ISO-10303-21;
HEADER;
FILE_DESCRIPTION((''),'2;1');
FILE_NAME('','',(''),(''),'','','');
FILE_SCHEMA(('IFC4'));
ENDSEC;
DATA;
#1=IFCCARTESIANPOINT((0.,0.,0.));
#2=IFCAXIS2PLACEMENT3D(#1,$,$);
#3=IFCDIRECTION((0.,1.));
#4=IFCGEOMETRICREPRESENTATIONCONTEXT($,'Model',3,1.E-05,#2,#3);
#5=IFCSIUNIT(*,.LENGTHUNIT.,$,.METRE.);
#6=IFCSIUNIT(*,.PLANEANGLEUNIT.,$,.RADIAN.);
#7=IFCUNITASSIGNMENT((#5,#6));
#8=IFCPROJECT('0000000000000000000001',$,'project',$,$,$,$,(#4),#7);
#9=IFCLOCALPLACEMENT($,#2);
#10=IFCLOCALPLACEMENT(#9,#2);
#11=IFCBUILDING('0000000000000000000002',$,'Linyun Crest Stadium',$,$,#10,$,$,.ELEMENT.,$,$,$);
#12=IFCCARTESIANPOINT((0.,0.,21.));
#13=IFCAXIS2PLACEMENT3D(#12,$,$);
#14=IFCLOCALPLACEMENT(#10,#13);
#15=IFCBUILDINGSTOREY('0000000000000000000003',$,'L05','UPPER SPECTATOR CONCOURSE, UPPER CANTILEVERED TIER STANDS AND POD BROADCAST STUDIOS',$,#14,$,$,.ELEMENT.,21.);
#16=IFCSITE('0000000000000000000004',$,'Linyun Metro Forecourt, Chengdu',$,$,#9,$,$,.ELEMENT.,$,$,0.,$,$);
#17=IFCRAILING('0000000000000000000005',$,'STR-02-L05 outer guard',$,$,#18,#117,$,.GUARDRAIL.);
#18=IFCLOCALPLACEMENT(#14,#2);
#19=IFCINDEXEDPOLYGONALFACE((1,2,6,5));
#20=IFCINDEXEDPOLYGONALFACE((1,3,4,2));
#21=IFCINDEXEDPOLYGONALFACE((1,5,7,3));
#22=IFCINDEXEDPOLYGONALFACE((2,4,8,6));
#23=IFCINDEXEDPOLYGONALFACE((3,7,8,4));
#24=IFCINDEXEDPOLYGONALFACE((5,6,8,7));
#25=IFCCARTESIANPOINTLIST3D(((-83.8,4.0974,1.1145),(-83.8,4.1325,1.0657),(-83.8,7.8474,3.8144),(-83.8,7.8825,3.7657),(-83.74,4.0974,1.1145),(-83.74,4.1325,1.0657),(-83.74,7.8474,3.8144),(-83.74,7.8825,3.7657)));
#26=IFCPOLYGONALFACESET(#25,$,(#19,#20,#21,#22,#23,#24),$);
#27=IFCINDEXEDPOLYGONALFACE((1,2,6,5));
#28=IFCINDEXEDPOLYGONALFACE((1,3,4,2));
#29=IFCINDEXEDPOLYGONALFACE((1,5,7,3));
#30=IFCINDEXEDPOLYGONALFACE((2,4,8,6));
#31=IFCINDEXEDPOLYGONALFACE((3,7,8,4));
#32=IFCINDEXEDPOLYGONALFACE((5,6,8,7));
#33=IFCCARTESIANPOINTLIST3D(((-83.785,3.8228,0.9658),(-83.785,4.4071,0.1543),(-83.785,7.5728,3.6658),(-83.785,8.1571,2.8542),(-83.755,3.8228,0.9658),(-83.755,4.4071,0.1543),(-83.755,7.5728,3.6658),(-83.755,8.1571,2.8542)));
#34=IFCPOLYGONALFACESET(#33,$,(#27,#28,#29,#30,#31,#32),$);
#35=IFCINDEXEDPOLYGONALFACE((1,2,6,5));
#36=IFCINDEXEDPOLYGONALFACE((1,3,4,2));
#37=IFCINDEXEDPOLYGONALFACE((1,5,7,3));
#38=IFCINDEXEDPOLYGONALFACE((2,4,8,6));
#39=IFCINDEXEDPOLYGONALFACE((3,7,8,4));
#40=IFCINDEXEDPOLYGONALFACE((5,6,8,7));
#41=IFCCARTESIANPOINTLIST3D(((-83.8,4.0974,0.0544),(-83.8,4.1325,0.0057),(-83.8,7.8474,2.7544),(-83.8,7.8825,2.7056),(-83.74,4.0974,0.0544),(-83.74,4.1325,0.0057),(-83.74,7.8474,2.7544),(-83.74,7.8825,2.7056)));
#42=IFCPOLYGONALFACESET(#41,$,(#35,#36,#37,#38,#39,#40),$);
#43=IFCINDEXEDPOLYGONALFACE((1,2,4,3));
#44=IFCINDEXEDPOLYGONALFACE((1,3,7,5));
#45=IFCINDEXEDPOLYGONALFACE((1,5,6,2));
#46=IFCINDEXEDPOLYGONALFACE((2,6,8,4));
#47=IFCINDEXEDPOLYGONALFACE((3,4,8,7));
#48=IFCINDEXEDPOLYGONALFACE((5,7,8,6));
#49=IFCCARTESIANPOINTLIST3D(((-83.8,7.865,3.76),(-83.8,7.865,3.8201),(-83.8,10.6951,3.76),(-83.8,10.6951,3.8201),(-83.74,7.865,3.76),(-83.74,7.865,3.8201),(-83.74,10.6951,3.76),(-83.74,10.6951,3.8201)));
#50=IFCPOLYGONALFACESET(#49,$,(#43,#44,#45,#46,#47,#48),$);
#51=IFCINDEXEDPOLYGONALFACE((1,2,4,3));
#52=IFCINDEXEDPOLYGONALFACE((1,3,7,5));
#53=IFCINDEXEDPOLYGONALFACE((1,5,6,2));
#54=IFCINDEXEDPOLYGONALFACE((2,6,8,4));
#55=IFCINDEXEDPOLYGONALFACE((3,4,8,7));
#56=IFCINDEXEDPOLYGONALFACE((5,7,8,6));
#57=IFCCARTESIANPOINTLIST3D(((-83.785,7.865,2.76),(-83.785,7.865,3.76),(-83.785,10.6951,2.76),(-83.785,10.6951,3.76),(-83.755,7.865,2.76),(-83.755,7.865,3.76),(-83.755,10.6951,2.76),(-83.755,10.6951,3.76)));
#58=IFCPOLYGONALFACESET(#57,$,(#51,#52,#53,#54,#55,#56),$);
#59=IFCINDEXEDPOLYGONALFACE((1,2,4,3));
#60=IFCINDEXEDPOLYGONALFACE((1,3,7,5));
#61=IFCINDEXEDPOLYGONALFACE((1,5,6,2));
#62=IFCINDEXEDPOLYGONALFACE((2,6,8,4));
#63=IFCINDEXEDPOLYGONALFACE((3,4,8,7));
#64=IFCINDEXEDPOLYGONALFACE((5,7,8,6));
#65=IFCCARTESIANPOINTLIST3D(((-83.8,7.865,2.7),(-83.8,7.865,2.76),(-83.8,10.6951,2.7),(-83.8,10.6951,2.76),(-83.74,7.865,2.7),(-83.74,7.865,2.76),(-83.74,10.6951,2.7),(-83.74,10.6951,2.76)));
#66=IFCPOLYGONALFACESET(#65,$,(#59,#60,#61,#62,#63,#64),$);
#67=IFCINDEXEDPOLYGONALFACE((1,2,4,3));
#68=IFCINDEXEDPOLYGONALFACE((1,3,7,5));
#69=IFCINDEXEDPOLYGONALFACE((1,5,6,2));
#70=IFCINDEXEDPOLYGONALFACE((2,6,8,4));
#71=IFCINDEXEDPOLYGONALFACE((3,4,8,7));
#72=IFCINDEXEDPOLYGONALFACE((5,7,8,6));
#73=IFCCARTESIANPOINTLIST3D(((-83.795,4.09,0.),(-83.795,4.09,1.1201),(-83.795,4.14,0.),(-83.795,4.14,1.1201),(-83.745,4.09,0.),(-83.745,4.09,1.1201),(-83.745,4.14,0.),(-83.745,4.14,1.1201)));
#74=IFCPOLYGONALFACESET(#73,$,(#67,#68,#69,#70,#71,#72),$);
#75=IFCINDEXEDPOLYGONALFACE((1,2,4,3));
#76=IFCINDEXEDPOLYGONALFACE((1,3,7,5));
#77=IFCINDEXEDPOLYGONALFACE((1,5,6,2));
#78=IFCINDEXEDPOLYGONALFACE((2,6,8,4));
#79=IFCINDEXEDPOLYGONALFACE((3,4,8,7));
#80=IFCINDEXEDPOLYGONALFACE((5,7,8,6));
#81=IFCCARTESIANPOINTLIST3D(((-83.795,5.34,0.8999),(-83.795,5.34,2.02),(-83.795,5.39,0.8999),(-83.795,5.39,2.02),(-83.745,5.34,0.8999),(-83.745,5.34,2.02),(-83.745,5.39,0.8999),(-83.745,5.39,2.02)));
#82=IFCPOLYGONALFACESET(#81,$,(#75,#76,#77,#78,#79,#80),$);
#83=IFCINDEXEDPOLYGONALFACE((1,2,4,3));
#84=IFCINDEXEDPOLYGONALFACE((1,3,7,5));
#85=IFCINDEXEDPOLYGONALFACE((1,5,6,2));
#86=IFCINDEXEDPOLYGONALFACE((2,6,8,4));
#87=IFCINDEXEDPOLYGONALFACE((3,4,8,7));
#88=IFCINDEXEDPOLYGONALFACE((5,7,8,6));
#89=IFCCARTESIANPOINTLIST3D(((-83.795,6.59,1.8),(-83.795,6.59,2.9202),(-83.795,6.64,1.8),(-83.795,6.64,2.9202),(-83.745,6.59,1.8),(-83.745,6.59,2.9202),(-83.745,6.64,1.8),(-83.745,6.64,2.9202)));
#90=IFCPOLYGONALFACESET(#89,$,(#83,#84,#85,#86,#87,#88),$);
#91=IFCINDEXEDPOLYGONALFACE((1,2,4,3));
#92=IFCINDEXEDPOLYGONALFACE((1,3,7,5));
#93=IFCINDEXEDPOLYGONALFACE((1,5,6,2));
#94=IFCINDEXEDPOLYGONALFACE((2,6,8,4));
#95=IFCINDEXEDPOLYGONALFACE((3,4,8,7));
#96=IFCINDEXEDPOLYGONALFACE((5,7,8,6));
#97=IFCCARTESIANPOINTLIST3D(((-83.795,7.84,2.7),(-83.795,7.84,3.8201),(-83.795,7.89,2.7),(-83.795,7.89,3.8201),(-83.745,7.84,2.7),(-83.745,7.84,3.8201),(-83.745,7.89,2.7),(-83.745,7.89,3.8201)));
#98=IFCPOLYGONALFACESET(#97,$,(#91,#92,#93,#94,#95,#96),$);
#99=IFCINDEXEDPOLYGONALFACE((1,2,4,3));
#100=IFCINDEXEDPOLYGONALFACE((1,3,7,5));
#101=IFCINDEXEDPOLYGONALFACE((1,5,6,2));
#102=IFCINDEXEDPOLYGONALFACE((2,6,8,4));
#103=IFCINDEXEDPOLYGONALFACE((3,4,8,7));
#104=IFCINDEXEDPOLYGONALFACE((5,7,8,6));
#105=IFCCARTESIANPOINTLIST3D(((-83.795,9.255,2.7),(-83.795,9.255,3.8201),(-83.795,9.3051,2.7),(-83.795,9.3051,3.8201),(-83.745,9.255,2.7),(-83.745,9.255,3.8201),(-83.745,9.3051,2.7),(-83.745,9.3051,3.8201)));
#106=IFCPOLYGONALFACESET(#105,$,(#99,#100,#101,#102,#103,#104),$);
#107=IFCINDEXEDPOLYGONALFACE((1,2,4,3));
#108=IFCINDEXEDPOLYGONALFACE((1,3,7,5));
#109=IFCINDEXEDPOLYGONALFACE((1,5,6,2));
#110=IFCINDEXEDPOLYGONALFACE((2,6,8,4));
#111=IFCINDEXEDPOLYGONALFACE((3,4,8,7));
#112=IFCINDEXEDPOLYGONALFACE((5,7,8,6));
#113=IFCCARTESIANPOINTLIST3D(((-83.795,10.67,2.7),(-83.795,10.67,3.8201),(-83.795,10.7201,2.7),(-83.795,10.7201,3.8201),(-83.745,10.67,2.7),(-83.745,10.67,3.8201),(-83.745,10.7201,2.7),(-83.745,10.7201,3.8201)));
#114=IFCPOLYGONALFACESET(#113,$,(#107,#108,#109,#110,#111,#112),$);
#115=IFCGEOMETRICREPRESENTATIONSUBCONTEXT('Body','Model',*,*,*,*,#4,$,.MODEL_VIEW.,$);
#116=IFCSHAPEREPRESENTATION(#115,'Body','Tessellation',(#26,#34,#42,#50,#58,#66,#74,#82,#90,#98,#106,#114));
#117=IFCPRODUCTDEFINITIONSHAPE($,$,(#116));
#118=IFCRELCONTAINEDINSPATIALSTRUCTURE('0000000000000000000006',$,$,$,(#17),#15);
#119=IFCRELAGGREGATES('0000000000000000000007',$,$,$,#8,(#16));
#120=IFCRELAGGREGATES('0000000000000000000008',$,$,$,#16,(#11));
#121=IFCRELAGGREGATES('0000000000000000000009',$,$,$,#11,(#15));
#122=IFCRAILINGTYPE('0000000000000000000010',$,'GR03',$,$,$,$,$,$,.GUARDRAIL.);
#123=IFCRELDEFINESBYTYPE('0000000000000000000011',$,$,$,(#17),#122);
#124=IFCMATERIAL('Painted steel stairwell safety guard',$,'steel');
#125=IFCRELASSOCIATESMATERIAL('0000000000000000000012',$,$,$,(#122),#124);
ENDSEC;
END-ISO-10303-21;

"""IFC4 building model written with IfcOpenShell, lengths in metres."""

from ifc_helpers import new_model, si_unit, direction, frame, origin, origin_2d, place, context, subcontext, project, spatial, rectangle, extrude, material, type_object, element, save


model = new_model("IFC4")

# Units and contexts
model_context = context("Model", 3, precision=1e-05, world=origin(), true_north=direction((0.0, 1.0)))
body_context = subcontext(model_context, "Body", "Model", "MODEL_VIEW")
ifc_project = project(units=[si_unit("LENGTHUNIT", "METRE"), si_unit("PLANEANGLEUNIT", "RADIAN")], contexts=[model_context])

# Site, building, storey
site_placement = place(None, origin())
site = spatial("IfcSite", under=ifc_project, at=site_placement, Name="Linyun Metro Forecourt, Chengdu", CompositionType="ELEMENT", RefElevation=0.0)
building_placement = place(site_placement, origin())
building = spatial("IfcBuilding", under=site, at=building_placement, Name="Linyun Crest Stadium", CompositionType="ELEMENT")
storey_placement = place(building_placement, frame((0.0, 0.0, 21.0)))
storey = spatial("IfcBuildingStorey", under=building, at=storey_placement, Name="L05", Description="UPPER SPECTATOR CONCOURSE, UPPER CANTILEVERED TIER STANDS AND POD BROADCAST STUDIOS", CompositionType="ELEMENT", Elevation=21.0)

# Railing
ifc_material_1 = material(Name="Painted steel stairwell safety guard", Category="steel")
railing_type_1 = type_object("IfcRailingType", Name="GR03", PredefinedType="GUARDRAIL", material=ifc_material_1)
railing_1_placement = place(storey_placement, frame((-83.77, 4.115, 0.0)))
element("IfcRailing", 1, at=railing_1_placement, inside=storey, type_object=railing_type_1, Name="STR-02-L05 outer guard", PredefinedType="GUARDRAIL", context=body_context, shape_type="SweptSolid", body=[
    extrude(rectangle(XDim=0.0601, YDim=0.0601, at=origin_2d()), frame((0.0, 0.0, 1.0901), z_axis=(0.0, 0.811539, 0.584298), x_axis=(-1.0, 0.0, 0.0)), (0.0, 0.0, 1.0), 4.6208),
    extrude(rectangle(XDim=0.03, YDim=1.0, at=origin_2d()), frame((0.0, 0.0, 0.5601), z_axis=(0.0, 0.811539, 0.584298), x_axis=(-1.0, 0.0, 0.0)), (0.0, 0.0, 1.0), 4.6208),
    extrude(rectangle(XDim=0.0601, YDim=0.0601, at=origin_2d()), frame((0.0, 0.0, 0.03), z_axis=(0.0, 0.811539, 0.584298), x_axis=(-1.0, 0.0, 0.0)), (0.0, 0.0, 1.0), 4.6208),
    extrude(rectangle(XDim=0.0601, YDim=0.0601, at=origin_2d()), frame((0.0, 3.75, 3.79), z_axis=(0.0, 1.0, 0.0), x_axis=(-1.0, 0.0, 0.0)), (0.0, 0.0, 1.0), 2.8301),
    extrude(rectangle(XDim=0.03, YDim=1.0, at=origin_2d()), frame((0.0, 3.75, 3.26), z_axis=(0.0, 1.0, 0.0), x_axis=(-1.0, 0.0, 0.0)), (0.0, 0.0, 1.0), 2.8301),
    extrude(rectangle(XDim=0.0601, YDim=0.0601, at=origin_2d()), frame((0.0, 3.75, 2.73), z_axis=(0.0, 1.0, 0.0), x_axis=(-1.0, 0.0, 0.0)), (0.0, 0.0, 1.0), 2.8301),
    extrude(rectangle(XDim=0.05, YDim=0.05, at=origin_2d()), origin(), (0.0, 0.0, 1.0), 1.1201),
    extrude(rectangle(XDim=0.05, YDim=0.05, at=origin_2d()), frame((0.0, 1.25, 0.8999)), (0.0, 0.0, 1.0), 1.1201),
    extrude(rectangle(XDim=0.05, YDim=0.05, at=origin_2d()), frame((0.0, 2.5, 1.8)), (0.0, 0.0, 1.0), 1.1201),
    extrude(rectangle(XDim=0.05, YDim=0.05, at=origin_2d()), frame((0.0, 3.75, 2.7)), (0.0, 0.0, 1.0), 1.1201),
    extrude(rectangle(XDim=0.05, YDim=0.05, at=origin_2d()), frame((0.0, 5.165, 2.7)), (0.0, 0.0, 1.0), 1.1201),
    extrude(rectangle(XDim=0.05, YDim=0.05, at=origin_2d()), frame((0.0, 6.5801, 2.7)), (0.0, 0.0, 1.0), 1.1201),
])

save(model, "model.ifc")
